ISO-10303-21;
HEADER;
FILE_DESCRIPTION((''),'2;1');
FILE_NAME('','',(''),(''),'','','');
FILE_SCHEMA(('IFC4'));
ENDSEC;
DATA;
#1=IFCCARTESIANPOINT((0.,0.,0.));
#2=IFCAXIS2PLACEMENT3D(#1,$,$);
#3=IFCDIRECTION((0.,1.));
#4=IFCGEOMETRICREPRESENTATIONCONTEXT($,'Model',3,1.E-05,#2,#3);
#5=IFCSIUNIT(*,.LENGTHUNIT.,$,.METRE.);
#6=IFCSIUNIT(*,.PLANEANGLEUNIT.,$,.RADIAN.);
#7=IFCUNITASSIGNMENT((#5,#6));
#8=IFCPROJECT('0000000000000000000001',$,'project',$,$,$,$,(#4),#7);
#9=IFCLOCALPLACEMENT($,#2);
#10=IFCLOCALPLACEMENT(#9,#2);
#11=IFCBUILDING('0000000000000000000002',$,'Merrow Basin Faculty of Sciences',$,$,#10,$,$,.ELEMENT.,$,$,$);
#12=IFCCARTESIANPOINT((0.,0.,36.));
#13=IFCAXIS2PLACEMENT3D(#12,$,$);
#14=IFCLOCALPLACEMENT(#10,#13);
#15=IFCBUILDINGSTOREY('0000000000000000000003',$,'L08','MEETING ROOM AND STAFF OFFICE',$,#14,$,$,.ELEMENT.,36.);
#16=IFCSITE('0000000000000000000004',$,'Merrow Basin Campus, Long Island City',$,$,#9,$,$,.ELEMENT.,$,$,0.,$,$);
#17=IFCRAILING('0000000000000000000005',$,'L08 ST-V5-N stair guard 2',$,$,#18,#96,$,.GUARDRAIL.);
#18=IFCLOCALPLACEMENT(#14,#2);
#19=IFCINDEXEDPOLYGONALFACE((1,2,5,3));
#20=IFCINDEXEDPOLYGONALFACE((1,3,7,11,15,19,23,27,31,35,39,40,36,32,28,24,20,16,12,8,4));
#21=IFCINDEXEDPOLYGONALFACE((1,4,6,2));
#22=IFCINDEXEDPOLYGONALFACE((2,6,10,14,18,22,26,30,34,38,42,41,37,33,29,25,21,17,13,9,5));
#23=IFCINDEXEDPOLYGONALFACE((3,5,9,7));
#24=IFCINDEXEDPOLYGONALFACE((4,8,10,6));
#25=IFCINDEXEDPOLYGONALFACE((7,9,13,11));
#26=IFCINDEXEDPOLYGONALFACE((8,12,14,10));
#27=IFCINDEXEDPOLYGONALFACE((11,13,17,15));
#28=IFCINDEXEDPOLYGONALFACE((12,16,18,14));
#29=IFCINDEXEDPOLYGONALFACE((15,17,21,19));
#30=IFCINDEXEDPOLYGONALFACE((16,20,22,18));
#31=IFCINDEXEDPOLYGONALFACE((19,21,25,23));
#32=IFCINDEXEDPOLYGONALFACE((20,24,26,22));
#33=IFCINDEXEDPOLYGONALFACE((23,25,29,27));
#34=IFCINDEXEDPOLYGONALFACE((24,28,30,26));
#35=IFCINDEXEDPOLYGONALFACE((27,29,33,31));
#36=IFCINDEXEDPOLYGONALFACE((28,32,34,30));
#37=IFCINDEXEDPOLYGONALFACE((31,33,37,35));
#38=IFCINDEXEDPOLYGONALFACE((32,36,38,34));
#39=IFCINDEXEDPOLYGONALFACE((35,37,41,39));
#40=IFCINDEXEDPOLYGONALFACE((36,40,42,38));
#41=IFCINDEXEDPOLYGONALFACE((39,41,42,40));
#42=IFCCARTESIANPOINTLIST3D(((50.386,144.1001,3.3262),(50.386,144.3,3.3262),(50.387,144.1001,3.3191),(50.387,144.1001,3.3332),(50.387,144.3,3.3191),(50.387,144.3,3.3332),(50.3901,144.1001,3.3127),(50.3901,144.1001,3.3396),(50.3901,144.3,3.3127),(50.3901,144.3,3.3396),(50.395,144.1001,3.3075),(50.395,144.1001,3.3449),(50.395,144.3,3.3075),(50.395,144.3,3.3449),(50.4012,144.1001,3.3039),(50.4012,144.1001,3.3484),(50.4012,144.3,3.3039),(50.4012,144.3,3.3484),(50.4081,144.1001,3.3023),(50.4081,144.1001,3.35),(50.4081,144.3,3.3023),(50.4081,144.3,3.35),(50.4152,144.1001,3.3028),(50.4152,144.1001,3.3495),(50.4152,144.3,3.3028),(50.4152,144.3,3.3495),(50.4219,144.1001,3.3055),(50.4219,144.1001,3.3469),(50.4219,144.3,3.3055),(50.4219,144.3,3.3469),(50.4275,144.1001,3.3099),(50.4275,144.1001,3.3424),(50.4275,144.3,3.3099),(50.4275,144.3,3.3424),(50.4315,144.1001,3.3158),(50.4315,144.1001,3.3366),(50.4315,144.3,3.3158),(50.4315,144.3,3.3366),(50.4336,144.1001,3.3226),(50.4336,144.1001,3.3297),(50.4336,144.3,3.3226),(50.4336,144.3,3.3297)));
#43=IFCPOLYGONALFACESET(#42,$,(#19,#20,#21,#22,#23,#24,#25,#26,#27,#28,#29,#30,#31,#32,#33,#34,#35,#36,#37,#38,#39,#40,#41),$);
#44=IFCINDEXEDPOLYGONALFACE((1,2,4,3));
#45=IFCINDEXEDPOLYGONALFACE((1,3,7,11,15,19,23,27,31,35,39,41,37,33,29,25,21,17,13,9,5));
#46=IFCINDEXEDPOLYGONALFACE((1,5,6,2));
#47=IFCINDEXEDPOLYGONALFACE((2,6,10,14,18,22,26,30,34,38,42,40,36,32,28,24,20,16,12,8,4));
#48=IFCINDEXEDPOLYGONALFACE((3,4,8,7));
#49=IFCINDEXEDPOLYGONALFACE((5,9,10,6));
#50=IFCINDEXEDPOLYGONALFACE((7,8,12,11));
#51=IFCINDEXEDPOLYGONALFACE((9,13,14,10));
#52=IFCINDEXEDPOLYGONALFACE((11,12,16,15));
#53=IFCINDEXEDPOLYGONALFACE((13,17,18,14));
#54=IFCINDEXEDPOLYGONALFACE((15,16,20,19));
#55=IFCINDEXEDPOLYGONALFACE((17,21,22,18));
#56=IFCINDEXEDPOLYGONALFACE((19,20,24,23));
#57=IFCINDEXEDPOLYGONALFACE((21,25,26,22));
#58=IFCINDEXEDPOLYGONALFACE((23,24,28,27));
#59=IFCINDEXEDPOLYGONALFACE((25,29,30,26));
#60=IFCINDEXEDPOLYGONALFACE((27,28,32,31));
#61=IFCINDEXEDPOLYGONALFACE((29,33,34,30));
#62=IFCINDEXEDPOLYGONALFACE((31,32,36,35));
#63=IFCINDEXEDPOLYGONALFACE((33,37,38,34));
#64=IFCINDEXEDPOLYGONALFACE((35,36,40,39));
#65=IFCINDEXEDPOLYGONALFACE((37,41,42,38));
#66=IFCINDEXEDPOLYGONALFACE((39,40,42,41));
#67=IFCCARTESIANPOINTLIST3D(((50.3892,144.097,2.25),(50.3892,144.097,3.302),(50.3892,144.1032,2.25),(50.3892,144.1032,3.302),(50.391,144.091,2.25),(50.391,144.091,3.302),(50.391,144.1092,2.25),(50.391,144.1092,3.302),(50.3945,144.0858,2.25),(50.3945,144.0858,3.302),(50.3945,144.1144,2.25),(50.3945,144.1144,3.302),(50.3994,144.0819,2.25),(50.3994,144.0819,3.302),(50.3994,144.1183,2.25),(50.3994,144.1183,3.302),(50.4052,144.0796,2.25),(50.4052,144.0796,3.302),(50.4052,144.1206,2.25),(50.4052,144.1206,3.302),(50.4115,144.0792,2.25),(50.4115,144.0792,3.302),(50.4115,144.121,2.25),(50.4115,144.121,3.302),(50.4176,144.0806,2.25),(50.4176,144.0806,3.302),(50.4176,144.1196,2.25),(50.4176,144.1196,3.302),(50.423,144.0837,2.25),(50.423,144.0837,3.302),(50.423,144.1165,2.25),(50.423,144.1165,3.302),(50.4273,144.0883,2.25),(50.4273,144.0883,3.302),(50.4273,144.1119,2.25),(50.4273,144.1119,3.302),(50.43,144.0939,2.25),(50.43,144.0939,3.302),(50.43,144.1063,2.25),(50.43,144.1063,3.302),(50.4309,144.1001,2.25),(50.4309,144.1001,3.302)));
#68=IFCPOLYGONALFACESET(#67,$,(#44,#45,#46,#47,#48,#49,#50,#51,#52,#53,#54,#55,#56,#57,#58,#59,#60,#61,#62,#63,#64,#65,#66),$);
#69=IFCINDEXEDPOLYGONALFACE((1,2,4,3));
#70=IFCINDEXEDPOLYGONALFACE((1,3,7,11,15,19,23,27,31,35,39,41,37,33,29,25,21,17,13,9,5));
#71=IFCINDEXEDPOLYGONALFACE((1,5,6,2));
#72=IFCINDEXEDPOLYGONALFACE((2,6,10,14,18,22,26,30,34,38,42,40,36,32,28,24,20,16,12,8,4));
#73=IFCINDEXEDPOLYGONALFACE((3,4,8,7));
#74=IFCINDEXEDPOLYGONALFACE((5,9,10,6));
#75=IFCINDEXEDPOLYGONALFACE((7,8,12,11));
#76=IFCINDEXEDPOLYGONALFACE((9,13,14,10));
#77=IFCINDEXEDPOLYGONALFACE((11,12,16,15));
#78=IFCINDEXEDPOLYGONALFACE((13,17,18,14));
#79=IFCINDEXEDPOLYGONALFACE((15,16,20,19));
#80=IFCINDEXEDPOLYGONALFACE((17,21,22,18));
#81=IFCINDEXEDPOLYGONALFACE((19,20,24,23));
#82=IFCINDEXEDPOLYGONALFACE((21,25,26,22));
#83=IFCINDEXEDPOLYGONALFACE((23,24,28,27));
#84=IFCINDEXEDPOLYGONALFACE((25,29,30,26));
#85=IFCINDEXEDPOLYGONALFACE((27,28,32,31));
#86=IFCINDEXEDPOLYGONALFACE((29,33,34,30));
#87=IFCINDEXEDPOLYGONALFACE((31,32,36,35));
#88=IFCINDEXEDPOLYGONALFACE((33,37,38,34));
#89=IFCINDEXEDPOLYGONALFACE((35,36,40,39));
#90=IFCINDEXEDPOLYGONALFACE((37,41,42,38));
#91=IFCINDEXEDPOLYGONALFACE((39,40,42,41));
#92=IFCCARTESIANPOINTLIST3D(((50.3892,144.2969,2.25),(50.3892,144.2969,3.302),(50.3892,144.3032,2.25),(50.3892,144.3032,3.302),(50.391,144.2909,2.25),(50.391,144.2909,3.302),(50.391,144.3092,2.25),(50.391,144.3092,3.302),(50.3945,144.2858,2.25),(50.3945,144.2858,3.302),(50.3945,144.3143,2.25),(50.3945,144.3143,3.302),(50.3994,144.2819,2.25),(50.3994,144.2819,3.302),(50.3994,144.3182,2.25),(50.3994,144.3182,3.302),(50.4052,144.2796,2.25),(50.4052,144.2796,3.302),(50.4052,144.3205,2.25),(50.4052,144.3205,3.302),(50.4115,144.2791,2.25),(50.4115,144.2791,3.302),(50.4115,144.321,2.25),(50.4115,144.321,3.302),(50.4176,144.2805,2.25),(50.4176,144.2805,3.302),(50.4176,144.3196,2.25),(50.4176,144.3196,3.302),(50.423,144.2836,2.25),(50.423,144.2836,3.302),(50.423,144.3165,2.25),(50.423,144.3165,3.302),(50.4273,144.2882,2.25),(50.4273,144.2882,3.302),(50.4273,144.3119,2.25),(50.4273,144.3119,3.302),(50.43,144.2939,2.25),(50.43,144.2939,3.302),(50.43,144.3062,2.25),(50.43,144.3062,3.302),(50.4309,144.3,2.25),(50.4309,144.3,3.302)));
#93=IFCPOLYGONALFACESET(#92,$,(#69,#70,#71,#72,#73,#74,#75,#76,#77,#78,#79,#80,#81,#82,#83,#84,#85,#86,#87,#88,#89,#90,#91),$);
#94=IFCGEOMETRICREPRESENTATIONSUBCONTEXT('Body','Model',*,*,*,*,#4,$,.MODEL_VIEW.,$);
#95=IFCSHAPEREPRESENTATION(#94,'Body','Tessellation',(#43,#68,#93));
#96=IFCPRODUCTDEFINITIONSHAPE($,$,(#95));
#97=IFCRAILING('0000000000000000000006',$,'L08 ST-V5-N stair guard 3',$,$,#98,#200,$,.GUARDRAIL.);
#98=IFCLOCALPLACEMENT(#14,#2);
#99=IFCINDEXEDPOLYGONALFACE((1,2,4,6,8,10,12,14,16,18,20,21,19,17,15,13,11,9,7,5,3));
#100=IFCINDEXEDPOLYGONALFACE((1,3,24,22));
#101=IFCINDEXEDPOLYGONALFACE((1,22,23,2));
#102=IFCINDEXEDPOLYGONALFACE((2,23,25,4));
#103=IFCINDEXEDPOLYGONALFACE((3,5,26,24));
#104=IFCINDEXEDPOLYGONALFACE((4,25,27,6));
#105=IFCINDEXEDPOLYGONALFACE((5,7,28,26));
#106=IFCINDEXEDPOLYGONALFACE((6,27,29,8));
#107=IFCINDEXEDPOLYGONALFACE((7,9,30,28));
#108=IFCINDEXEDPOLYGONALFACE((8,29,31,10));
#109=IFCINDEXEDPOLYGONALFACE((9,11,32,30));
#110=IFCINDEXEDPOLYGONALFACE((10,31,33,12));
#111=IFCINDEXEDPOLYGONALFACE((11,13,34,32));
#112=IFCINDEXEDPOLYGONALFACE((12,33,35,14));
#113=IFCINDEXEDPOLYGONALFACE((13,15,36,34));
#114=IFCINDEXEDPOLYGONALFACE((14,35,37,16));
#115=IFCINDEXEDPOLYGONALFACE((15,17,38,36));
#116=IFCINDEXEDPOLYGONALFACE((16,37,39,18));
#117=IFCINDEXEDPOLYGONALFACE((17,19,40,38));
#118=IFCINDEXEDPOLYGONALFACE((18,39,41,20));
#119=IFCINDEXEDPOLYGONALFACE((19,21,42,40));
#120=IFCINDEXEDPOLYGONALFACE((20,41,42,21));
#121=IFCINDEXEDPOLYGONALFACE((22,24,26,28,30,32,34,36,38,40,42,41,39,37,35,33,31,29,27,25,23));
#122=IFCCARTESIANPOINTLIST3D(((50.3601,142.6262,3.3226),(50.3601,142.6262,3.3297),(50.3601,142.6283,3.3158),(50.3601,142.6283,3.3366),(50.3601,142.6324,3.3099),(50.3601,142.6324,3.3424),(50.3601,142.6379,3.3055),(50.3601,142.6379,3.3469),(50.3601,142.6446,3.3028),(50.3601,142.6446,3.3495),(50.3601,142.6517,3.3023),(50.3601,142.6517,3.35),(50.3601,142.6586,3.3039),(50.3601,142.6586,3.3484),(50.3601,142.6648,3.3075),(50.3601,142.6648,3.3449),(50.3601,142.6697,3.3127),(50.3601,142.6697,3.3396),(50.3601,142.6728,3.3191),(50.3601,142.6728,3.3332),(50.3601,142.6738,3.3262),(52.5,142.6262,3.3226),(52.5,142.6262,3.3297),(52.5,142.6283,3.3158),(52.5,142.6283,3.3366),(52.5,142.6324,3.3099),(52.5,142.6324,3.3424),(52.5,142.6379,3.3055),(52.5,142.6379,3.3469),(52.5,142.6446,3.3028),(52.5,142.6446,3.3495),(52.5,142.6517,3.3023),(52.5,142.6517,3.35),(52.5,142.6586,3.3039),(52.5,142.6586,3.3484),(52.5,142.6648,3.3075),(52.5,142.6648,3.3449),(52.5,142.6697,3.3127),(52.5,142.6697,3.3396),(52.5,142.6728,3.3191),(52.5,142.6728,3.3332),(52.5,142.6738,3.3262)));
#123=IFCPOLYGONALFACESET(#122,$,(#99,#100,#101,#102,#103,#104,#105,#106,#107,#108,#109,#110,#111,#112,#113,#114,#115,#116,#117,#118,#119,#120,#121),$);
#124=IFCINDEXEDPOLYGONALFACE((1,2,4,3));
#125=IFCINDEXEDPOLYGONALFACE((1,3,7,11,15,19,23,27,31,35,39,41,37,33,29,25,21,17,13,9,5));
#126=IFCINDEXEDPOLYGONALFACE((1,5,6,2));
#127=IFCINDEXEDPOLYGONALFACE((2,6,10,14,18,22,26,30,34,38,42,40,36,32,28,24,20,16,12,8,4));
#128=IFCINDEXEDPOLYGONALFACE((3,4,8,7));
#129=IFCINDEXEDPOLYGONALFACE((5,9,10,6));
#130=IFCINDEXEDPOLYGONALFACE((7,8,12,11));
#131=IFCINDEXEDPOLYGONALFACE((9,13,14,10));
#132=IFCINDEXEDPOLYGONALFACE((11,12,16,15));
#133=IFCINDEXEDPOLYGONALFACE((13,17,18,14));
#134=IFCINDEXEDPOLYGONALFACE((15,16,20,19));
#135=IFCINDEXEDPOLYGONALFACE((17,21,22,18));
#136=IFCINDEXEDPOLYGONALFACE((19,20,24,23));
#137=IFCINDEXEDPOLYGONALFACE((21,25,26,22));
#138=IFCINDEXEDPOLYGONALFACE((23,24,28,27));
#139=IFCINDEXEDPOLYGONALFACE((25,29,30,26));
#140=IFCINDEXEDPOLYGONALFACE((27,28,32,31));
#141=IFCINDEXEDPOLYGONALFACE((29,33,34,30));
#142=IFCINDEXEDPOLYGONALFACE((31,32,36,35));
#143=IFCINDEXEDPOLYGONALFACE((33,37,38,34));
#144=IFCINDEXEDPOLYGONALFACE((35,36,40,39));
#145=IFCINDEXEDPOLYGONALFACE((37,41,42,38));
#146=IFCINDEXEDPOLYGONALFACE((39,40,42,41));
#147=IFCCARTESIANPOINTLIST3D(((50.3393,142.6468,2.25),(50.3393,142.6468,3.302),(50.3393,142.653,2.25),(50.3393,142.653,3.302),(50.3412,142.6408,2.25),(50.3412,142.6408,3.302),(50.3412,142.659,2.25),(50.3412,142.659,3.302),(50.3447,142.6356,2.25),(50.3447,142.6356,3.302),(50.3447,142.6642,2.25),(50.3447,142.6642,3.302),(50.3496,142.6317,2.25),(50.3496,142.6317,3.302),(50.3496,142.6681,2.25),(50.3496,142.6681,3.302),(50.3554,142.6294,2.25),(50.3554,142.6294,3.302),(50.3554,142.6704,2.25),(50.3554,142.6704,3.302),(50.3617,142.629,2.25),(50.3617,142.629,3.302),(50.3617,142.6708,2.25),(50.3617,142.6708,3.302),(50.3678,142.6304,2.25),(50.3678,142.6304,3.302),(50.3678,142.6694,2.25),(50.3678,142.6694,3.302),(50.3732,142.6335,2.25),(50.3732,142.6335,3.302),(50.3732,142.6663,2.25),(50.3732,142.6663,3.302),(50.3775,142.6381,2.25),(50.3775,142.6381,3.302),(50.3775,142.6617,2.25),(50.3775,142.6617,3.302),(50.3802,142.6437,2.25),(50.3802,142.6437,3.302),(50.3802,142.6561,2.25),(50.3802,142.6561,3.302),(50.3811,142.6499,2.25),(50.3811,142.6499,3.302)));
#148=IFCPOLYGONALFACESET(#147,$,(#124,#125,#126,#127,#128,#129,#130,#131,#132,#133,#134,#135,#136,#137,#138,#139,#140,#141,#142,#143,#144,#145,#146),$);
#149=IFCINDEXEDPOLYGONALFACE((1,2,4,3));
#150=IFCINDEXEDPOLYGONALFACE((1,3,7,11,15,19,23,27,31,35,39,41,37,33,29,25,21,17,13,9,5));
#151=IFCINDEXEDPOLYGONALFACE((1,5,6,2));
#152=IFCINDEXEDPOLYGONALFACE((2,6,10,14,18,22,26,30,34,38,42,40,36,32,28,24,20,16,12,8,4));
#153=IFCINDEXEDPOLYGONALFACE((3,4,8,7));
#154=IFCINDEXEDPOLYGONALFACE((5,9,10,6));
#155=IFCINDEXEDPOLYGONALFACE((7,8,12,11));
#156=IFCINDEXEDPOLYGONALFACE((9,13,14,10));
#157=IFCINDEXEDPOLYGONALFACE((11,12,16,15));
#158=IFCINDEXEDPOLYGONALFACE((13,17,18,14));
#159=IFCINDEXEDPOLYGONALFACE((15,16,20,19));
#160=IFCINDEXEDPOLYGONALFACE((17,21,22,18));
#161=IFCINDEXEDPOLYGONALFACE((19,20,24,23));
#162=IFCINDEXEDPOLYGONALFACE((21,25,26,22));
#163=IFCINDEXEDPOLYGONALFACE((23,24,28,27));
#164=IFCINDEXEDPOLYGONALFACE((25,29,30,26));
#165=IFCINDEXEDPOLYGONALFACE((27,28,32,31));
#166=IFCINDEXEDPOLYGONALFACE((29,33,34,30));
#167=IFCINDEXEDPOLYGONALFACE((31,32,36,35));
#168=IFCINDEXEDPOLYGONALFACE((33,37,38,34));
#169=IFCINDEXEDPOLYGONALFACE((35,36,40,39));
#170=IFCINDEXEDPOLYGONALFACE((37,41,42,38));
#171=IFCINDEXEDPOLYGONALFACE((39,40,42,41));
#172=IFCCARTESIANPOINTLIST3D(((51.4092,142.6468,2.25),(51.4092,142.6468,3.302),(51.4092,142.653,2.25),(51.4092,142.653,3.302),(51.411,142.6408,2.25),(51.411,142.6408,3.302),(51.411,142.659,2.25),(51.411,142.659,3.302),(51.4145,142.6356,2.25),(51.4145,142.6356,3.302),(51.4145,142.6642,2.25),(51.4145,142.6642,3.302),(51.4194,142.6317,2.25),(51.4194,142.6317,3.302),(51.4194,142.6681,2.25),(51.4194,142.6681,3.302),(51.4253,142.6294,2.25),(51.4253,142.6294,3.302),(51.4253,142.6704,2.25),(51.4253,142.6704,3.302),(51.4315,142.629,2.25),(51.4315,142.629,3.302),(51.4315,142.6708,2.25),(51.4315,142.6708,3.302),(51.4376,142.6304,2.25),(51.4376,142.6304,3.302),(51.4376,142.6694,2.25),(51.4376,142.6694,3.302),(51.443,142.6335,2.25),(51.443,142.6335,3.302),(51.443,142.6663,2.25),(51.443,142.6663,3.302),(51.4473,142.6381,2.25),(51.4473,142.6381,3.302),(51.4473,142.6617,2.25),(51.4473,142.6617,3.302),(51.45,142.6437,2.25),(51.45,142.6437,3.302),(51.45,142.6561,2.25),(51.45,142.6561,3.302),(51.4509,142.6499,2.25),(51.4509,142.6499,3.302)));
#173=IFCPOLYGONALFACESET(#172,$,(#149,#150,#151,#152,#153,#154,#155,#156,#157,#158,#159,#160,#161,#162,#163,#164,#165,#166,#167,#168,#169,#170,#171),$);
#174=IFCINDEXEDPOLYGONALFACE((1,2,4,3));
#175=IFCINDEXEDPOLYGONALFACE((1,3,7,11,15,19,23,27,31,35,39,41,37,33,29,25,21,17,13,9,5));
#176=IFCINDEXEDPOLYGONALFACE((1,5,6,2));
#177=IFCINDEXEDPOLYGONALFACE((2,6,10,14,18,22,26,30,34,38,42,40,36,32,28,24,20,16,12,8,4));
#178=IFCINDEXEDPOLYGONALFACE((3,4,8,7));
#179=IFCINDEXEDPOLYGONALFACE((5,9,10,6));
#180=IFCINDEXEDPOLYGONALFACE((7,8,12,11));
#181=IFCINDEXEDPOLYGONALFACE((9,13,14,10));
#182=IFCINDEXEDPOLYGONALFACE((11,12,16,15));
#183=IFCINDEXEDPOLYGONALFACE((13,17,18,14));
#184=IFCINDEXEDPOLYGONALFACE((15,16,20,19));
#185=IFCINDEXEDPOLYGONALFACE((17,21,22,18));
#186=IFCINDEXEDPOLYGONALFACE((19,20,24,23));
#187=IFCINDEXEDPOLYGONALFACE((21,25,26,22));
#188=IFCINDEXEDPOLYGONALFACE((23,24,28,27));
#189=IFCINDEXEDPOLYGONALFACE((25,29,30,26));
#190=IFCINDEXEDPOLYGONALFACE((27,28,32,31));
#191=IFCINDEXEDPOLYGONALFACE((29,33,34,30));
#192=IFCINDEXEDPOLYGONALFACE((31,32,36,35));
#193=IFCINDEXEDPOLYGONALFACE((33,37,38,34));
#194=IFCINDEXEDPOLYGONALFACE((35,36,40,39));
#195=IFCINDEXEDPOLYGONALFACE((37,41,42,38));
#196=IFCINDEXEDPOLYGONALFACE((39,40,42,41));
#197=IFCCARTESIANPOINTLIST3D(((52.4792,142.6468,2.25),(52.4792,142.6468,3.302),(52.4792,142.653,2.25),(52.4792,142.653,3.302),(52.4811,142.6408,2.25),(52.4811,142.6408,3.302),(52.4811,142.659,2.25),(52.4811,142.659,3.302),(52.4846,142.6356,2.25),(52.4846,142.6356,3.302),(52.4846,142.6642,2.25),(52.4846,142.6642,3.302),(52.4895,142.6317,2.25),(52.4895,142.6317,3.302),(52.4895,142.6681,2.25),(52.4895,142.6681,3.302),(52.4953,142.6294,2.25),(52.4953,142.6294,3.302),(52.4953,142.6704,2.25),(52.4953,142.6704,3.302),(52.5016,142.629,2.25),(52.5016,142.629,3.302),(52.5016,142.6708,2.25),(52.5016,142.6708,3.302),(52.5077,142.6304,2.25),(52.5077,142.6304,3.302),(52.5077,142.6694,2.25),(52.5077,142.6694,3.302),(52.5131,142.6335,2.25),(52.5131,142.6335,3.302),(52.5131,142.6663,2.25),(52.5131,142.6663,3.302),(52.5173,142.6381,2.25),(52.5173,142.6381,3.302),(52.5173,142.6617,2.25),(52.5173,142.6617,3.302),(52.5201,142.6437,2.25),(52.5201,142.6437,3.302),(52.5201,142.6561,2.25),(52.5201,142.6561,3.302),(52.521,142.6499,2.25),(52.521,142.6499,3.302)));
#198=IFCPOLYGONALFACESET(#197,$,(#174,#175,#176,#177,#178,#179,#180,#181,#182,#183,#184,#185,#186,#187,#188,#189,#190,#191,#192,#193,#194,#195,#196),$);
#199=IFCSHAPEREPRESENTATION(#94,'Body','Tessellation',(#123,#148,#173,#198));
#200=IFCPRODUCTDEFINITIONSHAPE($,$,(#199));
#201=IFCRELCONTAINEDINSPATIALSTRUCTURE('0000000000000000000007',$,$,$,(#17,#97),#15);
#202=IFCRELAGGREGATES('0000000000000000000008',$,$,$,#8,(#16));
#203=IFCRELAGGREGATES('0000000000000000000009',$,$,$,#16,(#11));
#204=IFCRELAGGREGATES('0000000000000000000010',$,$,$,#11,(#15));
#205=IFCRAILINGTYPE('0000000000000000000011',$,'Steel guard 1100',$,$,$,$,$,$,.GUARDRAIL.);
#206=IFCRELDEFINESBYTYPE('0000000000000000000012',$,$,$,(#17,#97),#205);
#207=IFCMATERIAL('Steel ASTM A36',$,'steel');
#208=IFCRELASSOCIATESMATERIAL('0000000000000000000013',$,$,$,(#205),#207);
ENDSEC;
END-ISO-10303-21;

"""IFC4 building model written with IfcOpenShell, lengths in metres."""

from ifc_helpers import new_model, si_unit, direction, frame, origin, origin_2d, place, context, subcontext, project, spatial, circle, extrude, material, type_object, element, save


model = new_model("IFC4")

# Units and contexts
model_context = context("Model", 3, precision=1e-05, world=origin(), true_north=direction((0.0, 1.0)))
body_context = subcontext(model_context, "Body", "Model", "MODEL_VIEW")
ifc_project = project(units=[si_unit("LENGTHUNIT", "METRE"), si_unit("PLANEANGLEUNIT", "RADIAN")], contexts=[model_context])

# Site, building, storey
site_placement = place(None, origin())
site = spatial("IfcSite", under=ifc_project, at=site_placement, Name="Merrow Basin Campus, Long Island City", CompositionType="ELEMENT", RefElevation=0.0)
building_placement = place(site_placement, origin())
building = spatial("IfcBuilding", under=site, at=building_placement, Name="Merrow Basin Faculty of Sciences", CompositionType="ELEMENT")
storey_placement = place(building_placement, frame((0.0, 0.0, 36.0)))
storey = spatial("IfcBuildingStorey", under=building, at=storey_placement, Name="L08", Description="MEETING ROOM AND STAFF OFFICE", CompositionType="ELEMENT", Elevation=36.0)

# Railings
ifc_material_1 = material(Name="Steel ASTM A36", Category="steel")
railing_type_1 = type_object("IfcRailingType", Name="Steel guard 1100", PredefinedType="GUARDRAIL", material=ifc_material_1)
railing_1_placement = place(storey_placement, frame((50.4099, 144.1001, 2.25)))
element("IfcRailing", 1, at=railing_1_placement, inside=storey, type_object=railing_type_1, Name="L08 ST-V5-N stair guard 2", PredefinedType="GUARDRAIL", context=body_context, shape_type="SweptSolid", body=[
    extrude(circle(Radius=0.0239, at=origin_2d()), frame((0.0, 0.0, 1.0762), z_axis=(0.0, 1.0, 0.0), x_axis=(-1.0, 0.0, 0.0)), (0.0, 0.0, 1.0), 0.2),
    extrude(circle(Radius=0.021, at=origin_2d()), origin(), (0.0, 0.0, 1.0), 1.052),
    extrude(circle(Radius=0.021, at=origin_2d()), frame((0.0, 0.2, 0.0)), (0.0, 0.0, 1.0), 1.052),
])
railing_2_placement = place(storey_placement, frame((50.3601, 142.6499, 2.25)))
element("IfcRailing", 2, at=railing_2_placement, inside=storey, type_object=railing_type_1, Name="L08 ST-V5-N stair guard 3", PredefinedType="GUARDRAIL", context=body_context, shape_type="SweptSolid", body=[
    extrude(circle(Radius=0.0239, at=origin_2d()), frame((0.0, 0.0, 1.0762), z_axis=(1.0, 0.0, 0.0), x_axis=(0.0, 1.0, 0.0)), (0.0, 0.0, 1.0), 2.1399),
    extrude(circle(Radius=0.021, at=origin_2d()), origin(), (0.0, 0.0, 1.0), 1.052),
    extrude(circle(Radius=0.021, at=origin_2d()), frame((1.0698, 0.0, 0.0)), (0.0, 0.0, 1.0), 1.052),
    extrude(circle(Radius=0.021, at=origin_2d()), frame((2.1399, 0.0, 0.0)), (0.0, 0.0, 1.0), 1.052),
])

save(model, "model.ifc")
